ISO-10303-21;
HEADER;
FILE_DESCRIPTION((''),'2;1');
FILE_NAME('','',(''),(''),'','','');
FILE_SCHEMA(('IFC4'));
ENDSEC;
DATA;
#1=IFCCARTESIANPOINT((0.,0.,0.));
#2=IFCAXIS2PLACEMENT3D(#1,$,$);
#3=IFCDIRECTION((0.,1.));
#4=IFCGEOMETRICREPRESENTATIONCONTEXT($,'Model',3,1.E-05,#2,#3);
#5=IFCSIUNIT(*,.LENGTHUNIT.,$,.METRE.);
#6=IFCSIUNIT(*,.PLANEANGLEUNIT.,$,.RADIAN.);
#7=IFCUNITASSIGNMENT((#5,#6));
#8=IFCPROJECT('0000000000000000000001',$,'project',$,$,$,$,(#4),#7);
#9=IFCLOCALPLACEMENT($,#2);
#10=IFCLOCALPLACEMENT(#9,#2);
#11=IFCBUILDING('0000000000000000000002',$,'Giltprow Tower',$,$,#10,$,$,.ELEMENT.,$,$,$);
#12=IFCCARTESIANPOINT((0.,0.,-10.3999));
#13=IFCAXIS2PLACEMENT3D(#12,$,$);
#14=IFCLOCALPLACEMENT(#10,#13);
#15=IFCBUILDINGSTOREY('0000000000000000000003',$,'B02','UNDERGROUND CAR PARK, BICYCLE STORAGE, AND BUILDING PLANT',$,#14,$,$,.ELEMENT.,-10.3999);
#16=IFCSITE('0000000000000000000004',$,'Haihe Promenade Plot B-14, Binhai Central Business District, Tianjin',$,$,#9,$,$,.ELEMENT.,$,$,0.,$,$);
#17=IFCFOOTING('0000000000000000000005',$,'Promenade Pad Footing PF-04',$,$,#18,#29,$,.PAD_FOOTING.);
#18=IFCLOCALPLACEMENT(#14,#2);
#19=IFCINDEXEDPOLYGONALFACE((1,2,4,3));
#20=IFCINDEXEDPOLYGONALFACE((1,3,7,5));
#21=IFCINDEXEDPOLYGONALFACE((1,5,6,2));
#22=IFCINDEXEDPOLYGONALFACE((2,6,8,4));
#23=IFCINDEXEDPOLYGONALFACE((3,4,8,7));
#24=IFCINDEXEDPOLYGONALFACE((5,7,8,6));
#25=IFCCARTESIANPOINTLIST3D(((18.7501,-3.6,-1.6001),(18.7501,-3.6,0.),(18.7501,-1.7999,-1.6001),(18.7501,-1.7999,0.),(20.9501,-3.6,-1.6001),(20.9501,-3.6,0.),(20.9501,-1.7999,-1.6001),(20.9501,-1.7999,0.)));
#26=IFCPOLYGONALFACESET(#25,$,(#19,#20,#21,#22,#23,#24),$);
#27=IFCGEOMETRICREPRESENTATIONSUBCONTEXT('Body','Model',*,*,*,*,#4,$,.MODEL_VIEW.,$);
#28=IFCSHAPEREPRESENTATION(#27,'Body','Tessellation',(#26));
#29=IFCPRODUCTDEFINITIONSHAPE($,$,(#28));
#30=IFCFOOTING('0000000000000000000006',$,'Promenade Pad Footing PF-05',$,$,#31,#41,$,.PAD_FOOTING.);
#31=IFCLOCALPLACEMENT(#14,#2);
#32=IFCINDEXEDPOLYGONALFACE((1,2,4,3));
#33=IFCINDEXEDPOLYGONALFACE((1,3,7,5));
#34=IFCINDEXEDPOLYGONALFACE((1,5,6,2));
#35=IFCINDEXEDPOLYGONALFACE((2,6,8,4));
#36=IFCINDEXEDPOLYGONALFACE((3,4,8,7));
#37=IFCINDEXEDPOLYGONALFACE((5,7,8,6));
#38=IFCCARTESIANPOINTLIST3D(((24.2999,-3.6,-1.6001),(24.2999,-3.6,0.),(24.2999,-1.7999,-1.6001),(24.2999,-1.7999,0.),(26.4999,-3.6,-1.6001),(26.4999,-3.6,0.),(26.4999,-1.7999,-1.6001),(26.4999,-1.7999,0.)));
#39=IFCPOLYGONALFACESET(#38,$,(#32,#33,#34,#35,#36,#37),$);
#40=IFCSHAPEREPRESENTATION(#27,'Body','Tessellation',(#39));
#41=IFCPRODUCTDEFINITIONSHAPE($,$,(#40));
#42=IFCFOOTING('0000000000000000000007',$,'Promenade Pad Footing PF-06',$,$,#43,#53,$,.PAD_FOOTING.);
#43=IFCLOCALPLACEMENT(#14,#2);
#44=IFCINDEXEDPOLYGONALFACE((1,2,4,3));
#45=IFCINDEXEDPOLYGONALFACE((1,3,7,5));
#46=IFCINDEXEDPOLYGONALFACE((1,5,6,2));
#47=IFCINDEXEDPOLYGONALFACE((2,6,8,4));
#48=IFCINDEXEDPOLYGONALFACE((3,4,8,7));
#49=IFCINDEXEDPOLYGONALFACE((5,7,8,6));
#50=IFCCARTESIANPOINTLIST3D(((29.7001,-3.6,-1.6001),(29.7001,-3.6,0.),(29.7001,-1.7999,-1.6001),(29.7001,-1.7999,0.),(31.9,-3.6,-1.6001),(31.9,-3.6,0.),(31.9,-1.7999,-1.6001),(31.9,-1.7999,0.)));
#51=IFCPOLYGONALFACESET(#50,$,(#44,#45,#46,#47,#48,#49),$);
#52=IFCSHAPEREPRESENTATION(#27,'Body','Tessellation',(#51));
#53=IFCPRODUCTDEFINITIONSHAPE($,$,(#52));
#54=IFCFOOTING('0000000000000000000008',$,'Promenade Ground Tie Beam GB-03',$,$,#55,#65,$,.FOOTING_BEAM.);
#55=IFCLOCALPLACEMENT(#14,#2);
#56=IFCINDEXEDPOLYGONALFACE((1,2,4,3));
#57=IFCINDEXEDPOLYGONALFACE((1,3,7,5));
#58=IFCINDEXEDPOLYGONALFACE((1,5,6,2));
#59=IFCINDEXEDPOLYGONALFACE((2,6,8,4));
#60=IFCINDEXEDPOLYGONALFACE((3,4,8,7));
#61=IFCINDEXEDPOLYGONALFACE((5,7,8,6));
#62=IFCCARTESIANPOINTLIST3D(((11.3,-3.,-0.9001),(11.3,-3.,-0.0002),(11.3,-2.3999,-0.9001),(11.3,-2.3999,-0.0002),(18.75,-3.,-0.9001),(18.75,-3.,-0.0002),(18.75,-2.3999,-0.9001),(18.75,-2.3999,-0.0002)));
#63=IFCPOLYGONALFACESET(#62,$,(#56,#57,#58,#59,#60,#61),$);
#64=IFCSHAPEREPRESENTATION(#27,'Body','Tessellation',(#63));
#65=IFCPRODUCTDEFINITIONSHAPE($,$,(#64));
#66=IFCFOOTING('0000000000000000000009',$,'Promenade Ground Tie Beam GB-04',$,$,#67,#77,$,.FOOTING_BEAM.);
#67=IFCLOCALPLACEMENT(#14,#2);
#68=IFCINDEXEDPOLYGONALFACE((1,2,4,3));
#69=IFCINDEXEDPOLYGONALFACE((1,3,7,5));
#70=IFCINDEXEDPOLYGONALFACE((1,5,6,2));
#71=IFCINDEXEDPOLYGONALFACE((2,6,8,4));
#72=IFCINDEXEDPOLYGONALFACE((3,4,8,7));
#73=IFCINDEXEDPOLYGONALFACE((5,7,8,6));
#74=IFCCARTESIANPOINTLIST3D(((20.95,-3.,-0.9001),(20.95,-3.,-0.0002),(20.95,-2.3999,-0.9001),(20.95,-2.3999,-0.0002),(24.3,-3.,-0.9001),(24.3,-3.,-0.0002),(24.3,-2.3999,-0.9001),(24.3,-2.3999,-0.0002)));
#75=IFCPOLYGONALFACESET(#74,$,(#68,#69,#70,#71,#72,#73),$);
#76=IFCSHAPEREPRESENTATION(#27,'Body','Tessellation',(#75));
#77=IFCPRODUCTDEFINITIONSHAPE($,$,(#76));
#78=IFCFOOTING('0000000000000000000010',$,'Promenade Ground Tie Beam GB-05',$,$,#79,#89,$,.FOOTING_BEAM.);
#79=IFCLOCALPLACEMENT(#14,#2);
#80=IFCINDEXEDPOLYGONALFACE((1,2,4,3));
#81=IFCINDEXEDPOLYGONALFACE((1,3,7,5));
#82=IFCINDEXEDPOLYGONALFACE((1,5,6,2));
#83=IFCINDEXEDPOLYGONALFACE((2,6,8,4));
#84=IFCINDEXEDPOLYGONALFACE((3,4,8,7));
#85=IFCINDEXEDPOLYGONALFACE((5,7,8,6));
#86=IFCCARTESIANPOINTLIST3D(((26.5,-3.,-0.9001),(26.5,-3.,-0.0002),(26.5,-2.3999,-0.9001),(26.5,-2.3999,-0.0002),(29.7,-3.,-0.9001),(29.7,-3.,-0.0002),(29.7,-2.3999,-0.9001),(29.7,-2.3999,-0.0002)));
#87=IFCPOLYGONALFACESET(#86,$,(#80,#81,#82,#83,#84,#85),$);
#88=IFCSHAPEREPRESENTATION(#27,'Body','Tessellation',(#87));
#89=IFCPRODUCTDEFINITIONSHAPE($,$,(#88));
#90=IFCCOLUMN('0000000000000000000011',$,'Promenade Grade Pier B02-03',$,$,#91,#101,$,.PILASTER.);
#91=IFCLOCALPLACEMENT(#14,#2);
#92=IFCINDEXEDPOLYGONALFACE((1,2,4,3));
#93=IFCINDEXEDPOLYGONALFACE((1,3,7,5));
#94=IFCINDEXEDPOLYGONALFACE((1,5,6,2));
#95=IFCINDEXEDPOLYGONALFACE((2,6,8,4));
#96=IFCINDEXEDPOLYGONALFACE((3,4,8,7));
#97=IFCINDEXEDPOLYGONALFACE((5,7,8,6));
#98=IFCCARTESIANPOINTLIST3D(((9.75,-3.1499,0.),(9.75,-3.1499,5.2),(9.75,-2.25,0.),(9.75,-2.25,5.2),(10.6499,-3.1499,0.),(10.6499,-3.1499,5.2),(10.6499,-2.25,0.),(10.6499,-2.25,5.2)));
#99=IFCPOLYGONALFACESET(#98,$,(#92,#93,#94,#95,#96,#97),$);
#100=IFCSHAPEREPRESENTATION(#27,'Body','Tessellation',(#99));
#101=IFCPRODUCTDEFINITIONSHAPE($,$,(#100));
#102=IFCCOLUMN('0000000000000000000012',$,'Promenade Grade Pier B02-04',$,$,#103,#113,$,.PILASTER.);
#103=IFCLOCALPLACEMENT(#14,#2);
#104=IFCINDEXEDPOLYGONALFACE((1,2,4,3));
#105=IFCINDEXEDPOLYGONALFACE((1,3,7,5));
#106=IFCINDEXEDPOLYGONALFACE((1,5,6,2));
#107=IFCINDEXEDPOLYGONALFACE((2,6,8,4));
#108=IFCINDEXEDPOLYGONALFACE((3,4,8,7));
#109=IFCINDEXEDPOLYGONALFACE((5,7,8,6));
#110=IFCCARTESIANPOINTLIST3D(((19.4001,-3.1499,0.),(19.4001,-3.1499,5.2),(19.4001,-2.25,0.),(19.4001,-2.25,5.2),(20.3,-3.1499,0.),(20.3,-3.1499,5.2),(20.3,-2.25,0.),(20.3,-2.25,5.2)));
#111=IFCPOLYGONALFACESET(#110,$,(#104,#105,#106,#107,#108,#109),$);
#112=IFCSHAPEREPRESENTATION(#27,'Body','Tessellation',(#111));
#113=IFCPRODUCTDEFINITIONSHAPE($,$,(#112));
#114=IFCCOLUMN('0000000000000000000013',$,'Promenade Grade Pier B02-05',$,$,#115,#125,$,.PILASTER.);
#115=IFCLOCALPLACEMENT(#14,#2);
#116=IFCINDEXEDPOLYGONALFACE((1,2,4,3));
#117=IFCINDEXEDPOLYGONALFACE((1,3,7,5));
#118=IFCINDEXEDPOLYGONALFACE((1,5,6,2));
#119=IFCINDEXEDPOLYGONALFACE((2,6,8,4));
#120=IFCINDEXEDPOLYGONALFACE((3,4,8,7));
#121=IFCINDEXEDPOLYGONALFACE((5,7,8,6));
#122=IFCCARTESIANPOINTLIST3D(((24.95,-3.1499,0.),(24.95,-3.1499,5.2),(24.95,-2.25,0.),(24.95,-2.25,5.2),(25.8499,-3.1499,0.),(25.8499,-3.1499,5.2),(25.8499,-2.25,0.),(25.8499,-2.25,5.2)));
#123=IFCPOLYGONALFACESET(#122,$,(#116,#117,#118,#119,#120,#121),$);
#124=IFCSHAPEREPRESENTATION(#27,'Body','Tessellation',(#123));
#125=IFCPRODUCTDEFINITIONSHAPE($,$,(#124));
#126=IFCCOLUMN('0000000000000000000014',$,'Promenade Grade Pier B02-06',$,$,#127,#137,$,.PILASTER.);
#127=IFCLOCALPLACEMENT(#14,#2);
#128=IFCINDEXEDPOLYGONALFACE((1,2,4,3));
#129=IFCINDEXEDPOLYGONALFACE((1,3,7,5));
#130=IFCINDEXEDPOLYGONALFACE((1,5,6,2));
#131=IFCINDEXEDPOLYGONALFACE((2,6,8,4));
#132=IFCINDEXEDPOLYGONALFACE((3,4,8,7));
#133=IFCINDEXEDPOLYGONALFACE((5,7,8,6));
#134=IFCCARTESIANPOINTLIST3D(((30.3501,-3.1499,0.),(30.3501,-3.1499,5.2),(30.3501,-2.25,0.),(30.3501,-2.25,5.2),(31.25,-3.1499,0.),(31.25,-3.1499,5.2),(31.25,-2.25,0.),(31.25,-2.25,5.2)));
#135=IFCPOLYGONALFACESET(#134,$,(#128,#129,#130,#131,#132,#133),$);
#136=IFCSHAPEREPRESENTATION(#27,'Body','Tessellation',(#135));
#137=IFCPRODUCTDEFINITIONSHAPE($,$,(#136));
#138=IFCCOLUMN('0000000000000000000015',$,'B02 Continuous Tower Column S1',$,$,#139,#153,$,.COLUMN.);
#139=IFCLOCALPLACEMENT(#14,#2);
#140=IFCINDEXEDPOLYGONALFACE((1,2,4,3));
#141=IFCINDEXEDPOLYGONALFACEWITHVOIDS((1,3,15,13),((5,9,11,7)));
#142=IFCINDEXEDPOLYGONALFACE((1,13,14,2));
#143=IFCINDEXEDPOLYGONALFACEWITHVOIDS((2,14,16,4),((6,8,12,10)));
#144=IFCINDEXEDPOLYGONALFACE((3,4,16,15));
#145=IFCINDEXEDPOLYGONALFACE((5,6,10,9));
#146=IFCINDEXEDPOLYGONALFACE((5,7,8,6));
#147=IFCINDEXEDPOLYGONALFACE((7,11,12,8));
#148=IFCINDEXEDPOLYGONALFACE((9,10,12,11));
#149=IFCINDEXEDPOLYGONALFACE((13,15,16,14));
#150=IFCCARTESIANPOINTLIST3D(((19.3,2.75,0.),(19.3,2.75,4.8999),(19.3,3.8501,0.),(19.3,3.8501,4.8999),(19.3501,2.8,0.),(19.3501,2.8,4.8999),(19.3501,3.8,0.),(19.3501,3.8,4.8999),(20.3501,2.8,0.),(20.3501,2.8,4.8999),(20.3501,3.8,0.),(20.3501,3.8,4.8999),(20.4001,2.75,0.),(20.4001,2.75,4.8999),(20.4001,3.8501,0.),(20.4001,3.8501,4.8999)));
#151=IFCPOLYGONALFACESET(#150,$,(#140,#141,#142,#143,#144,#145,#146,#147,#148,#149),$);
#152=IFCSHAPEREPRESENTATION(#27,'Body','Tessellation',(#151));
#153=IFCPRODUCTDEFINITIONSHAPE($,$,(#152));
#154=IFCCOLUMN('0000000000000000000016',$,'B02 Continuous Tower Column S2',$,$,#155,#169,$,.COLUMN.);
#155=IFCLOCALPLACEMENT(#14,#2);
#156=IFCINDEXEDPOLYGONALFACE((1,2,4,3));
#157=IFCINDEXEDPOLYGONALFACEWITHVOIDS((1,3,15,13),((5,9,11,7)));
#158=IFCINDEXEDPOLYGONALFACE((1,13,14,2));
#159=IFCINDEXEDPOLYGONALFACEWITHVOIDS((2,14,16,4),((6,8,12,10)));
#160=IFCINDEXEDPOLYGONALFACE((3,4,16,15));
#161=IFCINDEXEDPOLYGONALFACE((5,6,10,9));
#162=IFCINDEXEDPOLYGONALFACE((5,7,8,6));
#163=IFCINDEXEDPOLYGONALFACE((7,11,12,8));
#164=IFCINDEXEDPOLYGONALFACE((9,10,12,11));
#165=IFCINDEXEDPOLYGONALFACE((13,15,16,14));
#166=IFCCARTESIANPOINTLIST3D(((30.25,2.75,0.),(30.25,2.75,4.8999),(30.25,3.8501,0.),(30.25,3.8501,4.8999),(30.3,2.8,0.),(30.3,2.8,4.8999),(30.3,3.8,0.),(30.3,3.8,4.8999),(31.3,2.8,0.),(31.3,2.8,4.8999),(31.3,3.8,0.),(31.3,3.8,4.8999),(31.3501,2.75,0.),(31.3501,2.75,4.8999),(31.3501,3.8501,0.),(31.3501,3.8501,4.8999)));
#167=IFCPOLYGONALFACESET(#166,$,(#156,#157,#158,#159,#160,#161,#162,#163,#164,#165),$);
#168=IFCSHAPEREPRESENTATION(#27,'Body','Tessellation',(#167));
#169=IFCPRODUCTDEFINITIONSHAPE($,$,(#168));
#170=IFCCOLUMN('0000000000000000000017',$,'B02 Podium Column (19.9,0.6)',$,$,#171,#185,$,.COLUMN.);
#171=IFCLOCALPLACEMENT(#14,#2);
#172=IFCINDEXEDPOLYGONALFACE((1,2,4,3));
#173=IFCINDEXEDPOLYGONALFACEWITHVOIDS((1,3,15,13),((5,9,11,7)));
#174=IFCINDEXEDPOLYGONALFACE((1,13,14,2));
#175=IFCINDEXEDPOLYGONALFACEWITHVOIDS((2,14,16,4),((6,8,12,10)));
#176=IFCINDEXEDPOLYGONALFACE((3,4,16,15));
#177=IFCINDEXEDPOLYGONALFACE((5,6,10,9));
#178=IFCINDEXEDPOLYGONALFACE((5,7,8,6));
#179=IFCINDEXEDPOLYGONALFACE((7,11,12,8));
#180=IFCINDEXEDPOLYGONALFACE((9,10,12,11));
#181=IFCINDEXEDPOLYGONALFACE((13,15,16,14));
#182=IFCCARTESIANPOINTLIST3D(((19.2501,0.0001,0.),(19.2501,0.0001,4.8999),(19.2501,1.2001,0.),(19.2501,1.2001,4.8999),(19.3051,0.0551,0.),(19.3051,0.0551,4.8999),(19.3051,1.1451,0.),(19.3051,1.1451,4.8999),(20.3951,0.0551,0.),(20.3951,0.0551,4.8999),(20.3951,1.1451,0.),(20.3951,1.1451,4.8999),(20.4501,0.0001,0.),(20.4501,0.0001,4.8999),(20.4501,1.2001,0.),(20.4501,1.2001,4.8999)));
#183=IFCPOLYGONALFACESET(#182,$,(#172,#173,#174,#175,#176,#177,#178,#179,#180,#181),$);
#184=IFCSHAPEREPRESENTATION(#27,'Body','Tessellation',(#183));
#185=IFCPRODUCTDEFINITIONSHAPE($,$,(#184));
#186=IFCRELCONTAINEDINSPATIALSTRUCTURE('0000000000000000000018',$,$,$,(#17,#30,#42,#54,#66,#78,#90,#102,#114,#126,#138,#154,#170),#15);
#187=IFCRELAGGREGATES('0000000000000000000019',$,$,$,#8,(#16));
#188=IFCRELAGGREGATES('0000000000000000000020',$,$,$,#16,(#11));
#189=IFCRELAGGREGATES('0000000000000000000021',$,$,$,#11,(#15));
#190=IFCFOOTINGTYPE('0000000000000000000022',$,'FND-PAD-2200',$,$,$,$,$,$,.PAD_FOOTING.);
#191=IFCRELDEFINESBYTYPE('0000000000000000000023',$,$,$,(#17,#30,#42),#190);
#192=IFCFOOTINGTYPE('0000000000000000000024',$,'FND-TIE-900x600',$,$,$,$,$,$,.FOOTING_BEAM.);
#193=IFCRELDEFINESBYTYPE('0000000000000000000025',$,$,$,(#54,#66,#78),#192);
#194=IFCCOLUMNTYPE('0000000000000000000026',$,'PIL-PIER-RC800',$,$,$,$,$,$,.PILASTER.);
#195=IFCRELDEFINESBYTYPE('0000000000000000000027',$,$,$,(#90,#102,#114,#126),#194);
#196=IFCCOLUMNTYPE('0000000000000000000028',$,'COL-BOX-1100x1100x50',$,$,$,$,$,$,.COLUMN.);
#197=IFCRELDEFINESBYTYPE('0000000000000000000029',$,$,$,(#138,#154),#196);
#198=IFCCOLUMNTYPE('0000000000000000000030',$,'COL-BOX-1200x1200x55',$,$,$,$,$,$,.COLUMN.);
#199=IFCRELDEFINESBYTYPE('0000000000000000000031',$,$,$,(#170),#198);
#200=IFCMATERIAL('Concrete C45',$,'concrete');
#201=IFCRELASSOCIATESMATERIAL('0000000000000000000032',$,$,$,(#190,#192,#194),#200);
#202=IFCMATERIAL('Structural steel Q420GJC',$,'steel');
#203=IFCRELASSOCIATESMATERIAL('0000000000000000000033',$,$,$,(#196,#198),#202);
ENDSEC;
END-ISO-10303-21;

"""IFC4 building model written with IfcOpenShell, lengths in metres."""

from ifc_helpers import new_model, si_unit, direction, frame, origin, origin_2d, place, context, subcontext, project, spatial, rectangle, hollow_rectangle, extrude, source, transform, mapped, material, material_profile, profile_set, type_object, element, save


model = new_model("IFC4")

# Units and contexts
model_context = context("Model", 3, precision=1e-05, world=origin(), true_north=direction((0.0, 1.0)))
body_context = subcontext(model_context, "Body", "Model", "MODEL_VIEW")
ifc_project = project(units=[si_unit("LENGTHUNIT", "METRE"), si_unit("PLANEANGLEUNIT", "RADIAN")], contexts=[model_context])

# Site, building, storey
site_placement = place(None, origin())
site = spatial("IfcSite", under=ifc_project, at=site_placement, Name="Haihe Promenade Plot B-14, Binhai Central Business District, Tianjin", CompositionType="ELEMENT", RefElevation=0.0)
building_placement = place(site_placement, origin())
building = spatial("IfcBuilding", under=site, at=building_placement, Name="Giltprow Tower", CompositionType="ELEMENT")
storey_placement = place(building_placement, frame((0.0, 0.0, -10.3999)))
storey = spatial("IfcBuildingStorey", under=building, at=storey_placement, Name="B02", Description="UNDERGROUND CAR PARK, BICYCLE STORAGE, AND BUILDING PLANT", CompositionType="ELEMENT", Elevation=-10.3999)

# Shared definitions
ifc_material_1 = material(Name="Concrete C45", Category="concrete")

# Footings
footing_type_1 = type_object("IfcFootingType", Name="FND-PAD-2200", PredefinedType="PAD_FOOTING", material=ifc_material_1)
shared_shape_1 = source(origin(), body_context, "Body", "SweptSolid", [
    extrude(rectangle(XDim=2.2, YDim=1.8, at=origin_2d()), origin(), (0.0, 0.0, 1.0), 1.6001),
])
for number, where, z_axis, x_axis, name in (
    (1, (19.8501, -2.7, -1.6001), (0.0, 0.0, 1.0), (1.0, 0.0, 0.0), "Promenade Pad Footing PF-04"),
    (2, (25.3999, -2.7, -1.6001), (0.0, 0.0, 1.0), (1.0, 0.0, 0.0), "Promenade Pad Footing PF-05"),
    (3, (30.8, -2.7, -1.6001), (0.0, 0.0, 1.0), (1.0, 0.0, 0.0), "Promenade Pad Footing PF-06"),
):
    element("IfcFooting", number, at=place(storey_placement, frame(where, z_axis=z_axis, x_axis=x_axis)), inside=storey, type_object=footing_type_1, Name=name, PredefinedType="PAD_FOOTING", context=body_context, shape_type="MappedRepresentation", body=[
        mapped(shared_shape_1, transform((0.0, 0.0, 0.0), x_axis=(1.0, 0.0, 0.0), y_axis=(0.0, 1.0, 0.0), z_axis=(0.0, 0.0, 1.0), scale=1.0)),
    ])
ifc_material_profile_1 = material_profile(ifc_material_1, rectangle(XDim=0.6001, YDim=0.8999, at=origin_2d()), Name="RC 900x600")
ifc_profile_set_1 = profile_set([ifc_material_profile_1], Name="Concrete C45")
footing_type_2 = type_object("IfcFootingType", Name="FND-TIE-900x600", PredefinedType="FOOTING_BEAM", material=ifc_profile_set_1)
shared_shape_2 = source(origin(), body_context, "Body", "SweptSolid", [
    extrude(rectangle(XDim=0.6001, YDim=0.8999, at=origin_2d()), origin(), (0.0, 0.0, 1.0), 7.45),
])
footing_1_placement = place(storey_placement, frame((11.3, -2.7, -0.4502), z_axis=(1.0, 0.0, 0.0), x_axis=(0.0, 1.0, 0.0)))
element("IfcFooting", 4, at=footing_1_placement, inside=storey, type_object=footing_type_2, Name="Promenade Ground Tie Beam GB-03", PredefinedType="FOOTING_BEAM", context=body_context, shape_type="MappedRepresentation", body=[
    mapped(shared_shape_2, transform((0.0, 0.0, 0.0), x_axis=(1.0, 0.0, 0.0), y_axis=(0.0, 1.0, 0.0), z_axis=(0.0, 0.0, 1.0), scale=1.0)),
])
shared_shape_3 = source(origin(), body_context, "Body", "SweptSolid", [
    extrude(rectangle(XDim=0.6001, YDim=0.8999, at=origin_2d()), origin(), (0.0, 0.0, 1.0), 3.3501),
])
footing_2_placement = place(storey_placement, frame((20.95, -2.7, -0.4502), z_axis=(1.0, 0.0, 0.0), x_axis=(0.0, 1.0, 0.0)))
element("IfcFooting", 5, at=footing_2_placement, inside=storey, type_object=footing_type_2, Name="Promenade Ground Tie Beam GB-04", PredefinedType="FOOTING_BEAM", context=body_context, shape_type="MappedRepresentation", body=[
    mapped(shared_shape_3, transform((0.0, 0.0, 0.0), x_axis=(1.0, 0.0, 0.0), y_axis=(0.0, 1.0, 0.0), z_axis=(0.0, 0.0, 1.0), scale=1.0)),
])
shared_shape_4 = source(origin(), body_context, "Body", "SweptSolid", [
    extrude(rectangle(XDim=0.6001, YDim=0.8999, at=origin_2d()), origin(), (0.0, 0.0, 1.0), 3.2),
])
footing_3_placement = place(storey_placement, frame((26.5, -2.7, -0.4502), z_axis=(1.0, 0.0, 0.0), x_axis=(0.0, 1.0, 0.0)))
element("IfcFooting", 6, at=footing_3_placement, inside=storey, type_object=footing_type_2, Name="Promenade Ground Tie Beam GB-05", PredefinedType="FOOTING_BEAM", context=body_context, shape_type="MappedRepresentation", body=[
    mapped(shared_shape_4, transform((0.0, 0.0, 0.0), x_axis=(1.0, 0.0, 0.0), y_axis=(0.0, 1.0, 0.0), z_axis=(0.0, 0.0, 1.0), scale=1.0)),
])

# Columns
ifc_material_profile_2 = material_profile(ifc_material_1, rectangle(XDim=0.8999, YDim=0.8999, at=origin_2d()), Name="RC 900x900")
ifc_profile_set_2 = profile_set([ifc_material_profile_2], Name="Concrete C45")
column_type_1 = type_object("IfcColumnType", Name="PIL-PIER-RC800", PredefinedType="PILASTER", material=ifc_profile_set_2)
shared_shape_5 = source(origin(), body_context, "Body", "SweptSolid", [
    extrude(rectangle(XDim=0.8999, YDim=0.8999, at=origin_2d()), origin(), (0.0, 0.0, 1.0), 5.2),
])
for number, where, z_axis, x_axis, name in (
    (7, (10.2, -2.7, 0.0), (0.0, 0.0, 1.0), (1.0, 0.0, 0.0), "Promenade Grade Pier B02-03"),
    (8, (19.8501, -2.7, 0.0), (0.0, 0.0, 1.0), (1.0, 0.0, 0.0), "Promenade Grade Pier B02-04"),
    (9, (25.3999, -2.7, 0.0), (0.0, 0.0, 1.0), (1.0, 0.0, 0.0), "Promenade Grade Pier B02-05"),
    (10, (30.8, -2.7, 0.0), (0.0, 0.0, 1.0), (1.0, 0.0, 0.0), "Promenade Grade Pier B02-06"),
):
    element("IfcColumn", number, at=place(storey_placement, frame(where, z_axis=z_axis, x_axis=x_axis)), inside=storey, type_object=column_type_1, Name=name, PredefinedType="PILASTER", context=body_context, shape_type="MappedRepresentation", body=[
        mapped(shared_shape_5, transform((0.0, 0.0, 0.0), x_axis=(1.0, 0.0, 0.0), y_axis=(0.0, 1.0, 0.0), z_axis=(0.0, 0.0, 1.0), scale=1.0)),
    ])
ifc_material_2 = material(Name="Structural steel Q420GJC", Category="steel")
ifc_material_profile_3 = material_profile(ifc_material_2, hollow_rectangle(XDim=1.1001, YDim=1.1001, WallThickness=0.05, at=origin_2d()), Name="BOX 1100x1100x50")
ifc_profile_set_3 = profile_set([ifc_material_profile_3], Name="Structural steel Q420GJC")
column_type_2 = type_object("IfcColumnType", Name="COL-BOX-1100x1100x50", PredefinedType="COLUMN", material=ifc_profile_set_3)
shared_shape_6 = source(origin(), body_context, "Body", "SweptSolid", [
    extrude(hollow_rectangle(XDim=1.1001, YDim=1.1001, WallThickness=0.05, at=origin_2d()), origin(), (0.0, 0.0, 1.0), 4.8999),
])
for number, where, z_axis, x_axis, name in (
    (11, (19.8501, 3.3, 0.0), (0.0, 0.0, 1.0), (1.0, 0.0, 0.0), "B02 Continuous Tower Column S1"),
    (12, (30.8, 3.3, 0.0), (0.0, 0.0, 1.0), (1.0, 0.0, 0.0), "B02 Continuous Tower Column S2"),
):
    element("IfcColumn", number, at=place(storey_placement, frame(where, z_axis=z_axis, x_axis=x_axis)), inside=storey, type_object=column_type_2, Name=name, PredefinedType="COLUMN", context=body_context, shape_type="MappedRepresentation", body=[
        mapped(shared_shape_6, transform((0.0, 0.0, 0.0), x_axis=(1.0, 0.0, 0.0), y_axis=(0.0, 1.0, 0.0), z_axis=(0.0, 0.0, 1.0), scale=1.0)),
    ])
ifc_material_profile_4 = material_profile(ifc_material_2, hollow_rectangle(XDim=1.2, YDim=1.2, WallThickness=0.0549, at=origin_2d()), Name="BOX 1200x1200x55")
ifc_profile_set_4 = profile_set([ifc_material_profile_4], Name="Structural steel Q420GJC")
column_type_3 = type_object("IfcColumnType", Name="COL-BOX-1200x1200x55", PredefinedType="COLUMN", material=ifc_profile_set_4)
shared_shape_7 = source(origin(), body_context, "Body", "SweptSolid", [
    extrude(hollow_rectangle(XDim=1.2, YDim=1.2, WallThickness=0.0549, at=origin_2d()), origin(), (0.0, 0.0, 1.0), 4.8999),
])
for number, where, z_axis, x_axis, name in (
    (13, (19.8501, 0.6001, 0.0), (0.0, 0.0, 1.0), (1.0, 0.0, 0.0), "B02 Podium Column (19.9,0.6)"),
):
    element("IfcColumn", number, at=place(storey_placement, frame(where, z_axis=z_axis, x_axis=x_axis)), inside=storey, type_object=column_type_3, Name=name, PredefinedType="COLUMN", context=body_context, shape_type="MappedRepresentation", body=[
        mapped(shared_shape_7, transform((0.0, 0.0, 0.0), x_axis=(1.0, 0.0, 0.0), y_axis=(0.0, 1.0, 0.0), z_axis=(0.0, 0.0, 1.0), scale=1.0)),
    ])

save(model, "model.ifc")
